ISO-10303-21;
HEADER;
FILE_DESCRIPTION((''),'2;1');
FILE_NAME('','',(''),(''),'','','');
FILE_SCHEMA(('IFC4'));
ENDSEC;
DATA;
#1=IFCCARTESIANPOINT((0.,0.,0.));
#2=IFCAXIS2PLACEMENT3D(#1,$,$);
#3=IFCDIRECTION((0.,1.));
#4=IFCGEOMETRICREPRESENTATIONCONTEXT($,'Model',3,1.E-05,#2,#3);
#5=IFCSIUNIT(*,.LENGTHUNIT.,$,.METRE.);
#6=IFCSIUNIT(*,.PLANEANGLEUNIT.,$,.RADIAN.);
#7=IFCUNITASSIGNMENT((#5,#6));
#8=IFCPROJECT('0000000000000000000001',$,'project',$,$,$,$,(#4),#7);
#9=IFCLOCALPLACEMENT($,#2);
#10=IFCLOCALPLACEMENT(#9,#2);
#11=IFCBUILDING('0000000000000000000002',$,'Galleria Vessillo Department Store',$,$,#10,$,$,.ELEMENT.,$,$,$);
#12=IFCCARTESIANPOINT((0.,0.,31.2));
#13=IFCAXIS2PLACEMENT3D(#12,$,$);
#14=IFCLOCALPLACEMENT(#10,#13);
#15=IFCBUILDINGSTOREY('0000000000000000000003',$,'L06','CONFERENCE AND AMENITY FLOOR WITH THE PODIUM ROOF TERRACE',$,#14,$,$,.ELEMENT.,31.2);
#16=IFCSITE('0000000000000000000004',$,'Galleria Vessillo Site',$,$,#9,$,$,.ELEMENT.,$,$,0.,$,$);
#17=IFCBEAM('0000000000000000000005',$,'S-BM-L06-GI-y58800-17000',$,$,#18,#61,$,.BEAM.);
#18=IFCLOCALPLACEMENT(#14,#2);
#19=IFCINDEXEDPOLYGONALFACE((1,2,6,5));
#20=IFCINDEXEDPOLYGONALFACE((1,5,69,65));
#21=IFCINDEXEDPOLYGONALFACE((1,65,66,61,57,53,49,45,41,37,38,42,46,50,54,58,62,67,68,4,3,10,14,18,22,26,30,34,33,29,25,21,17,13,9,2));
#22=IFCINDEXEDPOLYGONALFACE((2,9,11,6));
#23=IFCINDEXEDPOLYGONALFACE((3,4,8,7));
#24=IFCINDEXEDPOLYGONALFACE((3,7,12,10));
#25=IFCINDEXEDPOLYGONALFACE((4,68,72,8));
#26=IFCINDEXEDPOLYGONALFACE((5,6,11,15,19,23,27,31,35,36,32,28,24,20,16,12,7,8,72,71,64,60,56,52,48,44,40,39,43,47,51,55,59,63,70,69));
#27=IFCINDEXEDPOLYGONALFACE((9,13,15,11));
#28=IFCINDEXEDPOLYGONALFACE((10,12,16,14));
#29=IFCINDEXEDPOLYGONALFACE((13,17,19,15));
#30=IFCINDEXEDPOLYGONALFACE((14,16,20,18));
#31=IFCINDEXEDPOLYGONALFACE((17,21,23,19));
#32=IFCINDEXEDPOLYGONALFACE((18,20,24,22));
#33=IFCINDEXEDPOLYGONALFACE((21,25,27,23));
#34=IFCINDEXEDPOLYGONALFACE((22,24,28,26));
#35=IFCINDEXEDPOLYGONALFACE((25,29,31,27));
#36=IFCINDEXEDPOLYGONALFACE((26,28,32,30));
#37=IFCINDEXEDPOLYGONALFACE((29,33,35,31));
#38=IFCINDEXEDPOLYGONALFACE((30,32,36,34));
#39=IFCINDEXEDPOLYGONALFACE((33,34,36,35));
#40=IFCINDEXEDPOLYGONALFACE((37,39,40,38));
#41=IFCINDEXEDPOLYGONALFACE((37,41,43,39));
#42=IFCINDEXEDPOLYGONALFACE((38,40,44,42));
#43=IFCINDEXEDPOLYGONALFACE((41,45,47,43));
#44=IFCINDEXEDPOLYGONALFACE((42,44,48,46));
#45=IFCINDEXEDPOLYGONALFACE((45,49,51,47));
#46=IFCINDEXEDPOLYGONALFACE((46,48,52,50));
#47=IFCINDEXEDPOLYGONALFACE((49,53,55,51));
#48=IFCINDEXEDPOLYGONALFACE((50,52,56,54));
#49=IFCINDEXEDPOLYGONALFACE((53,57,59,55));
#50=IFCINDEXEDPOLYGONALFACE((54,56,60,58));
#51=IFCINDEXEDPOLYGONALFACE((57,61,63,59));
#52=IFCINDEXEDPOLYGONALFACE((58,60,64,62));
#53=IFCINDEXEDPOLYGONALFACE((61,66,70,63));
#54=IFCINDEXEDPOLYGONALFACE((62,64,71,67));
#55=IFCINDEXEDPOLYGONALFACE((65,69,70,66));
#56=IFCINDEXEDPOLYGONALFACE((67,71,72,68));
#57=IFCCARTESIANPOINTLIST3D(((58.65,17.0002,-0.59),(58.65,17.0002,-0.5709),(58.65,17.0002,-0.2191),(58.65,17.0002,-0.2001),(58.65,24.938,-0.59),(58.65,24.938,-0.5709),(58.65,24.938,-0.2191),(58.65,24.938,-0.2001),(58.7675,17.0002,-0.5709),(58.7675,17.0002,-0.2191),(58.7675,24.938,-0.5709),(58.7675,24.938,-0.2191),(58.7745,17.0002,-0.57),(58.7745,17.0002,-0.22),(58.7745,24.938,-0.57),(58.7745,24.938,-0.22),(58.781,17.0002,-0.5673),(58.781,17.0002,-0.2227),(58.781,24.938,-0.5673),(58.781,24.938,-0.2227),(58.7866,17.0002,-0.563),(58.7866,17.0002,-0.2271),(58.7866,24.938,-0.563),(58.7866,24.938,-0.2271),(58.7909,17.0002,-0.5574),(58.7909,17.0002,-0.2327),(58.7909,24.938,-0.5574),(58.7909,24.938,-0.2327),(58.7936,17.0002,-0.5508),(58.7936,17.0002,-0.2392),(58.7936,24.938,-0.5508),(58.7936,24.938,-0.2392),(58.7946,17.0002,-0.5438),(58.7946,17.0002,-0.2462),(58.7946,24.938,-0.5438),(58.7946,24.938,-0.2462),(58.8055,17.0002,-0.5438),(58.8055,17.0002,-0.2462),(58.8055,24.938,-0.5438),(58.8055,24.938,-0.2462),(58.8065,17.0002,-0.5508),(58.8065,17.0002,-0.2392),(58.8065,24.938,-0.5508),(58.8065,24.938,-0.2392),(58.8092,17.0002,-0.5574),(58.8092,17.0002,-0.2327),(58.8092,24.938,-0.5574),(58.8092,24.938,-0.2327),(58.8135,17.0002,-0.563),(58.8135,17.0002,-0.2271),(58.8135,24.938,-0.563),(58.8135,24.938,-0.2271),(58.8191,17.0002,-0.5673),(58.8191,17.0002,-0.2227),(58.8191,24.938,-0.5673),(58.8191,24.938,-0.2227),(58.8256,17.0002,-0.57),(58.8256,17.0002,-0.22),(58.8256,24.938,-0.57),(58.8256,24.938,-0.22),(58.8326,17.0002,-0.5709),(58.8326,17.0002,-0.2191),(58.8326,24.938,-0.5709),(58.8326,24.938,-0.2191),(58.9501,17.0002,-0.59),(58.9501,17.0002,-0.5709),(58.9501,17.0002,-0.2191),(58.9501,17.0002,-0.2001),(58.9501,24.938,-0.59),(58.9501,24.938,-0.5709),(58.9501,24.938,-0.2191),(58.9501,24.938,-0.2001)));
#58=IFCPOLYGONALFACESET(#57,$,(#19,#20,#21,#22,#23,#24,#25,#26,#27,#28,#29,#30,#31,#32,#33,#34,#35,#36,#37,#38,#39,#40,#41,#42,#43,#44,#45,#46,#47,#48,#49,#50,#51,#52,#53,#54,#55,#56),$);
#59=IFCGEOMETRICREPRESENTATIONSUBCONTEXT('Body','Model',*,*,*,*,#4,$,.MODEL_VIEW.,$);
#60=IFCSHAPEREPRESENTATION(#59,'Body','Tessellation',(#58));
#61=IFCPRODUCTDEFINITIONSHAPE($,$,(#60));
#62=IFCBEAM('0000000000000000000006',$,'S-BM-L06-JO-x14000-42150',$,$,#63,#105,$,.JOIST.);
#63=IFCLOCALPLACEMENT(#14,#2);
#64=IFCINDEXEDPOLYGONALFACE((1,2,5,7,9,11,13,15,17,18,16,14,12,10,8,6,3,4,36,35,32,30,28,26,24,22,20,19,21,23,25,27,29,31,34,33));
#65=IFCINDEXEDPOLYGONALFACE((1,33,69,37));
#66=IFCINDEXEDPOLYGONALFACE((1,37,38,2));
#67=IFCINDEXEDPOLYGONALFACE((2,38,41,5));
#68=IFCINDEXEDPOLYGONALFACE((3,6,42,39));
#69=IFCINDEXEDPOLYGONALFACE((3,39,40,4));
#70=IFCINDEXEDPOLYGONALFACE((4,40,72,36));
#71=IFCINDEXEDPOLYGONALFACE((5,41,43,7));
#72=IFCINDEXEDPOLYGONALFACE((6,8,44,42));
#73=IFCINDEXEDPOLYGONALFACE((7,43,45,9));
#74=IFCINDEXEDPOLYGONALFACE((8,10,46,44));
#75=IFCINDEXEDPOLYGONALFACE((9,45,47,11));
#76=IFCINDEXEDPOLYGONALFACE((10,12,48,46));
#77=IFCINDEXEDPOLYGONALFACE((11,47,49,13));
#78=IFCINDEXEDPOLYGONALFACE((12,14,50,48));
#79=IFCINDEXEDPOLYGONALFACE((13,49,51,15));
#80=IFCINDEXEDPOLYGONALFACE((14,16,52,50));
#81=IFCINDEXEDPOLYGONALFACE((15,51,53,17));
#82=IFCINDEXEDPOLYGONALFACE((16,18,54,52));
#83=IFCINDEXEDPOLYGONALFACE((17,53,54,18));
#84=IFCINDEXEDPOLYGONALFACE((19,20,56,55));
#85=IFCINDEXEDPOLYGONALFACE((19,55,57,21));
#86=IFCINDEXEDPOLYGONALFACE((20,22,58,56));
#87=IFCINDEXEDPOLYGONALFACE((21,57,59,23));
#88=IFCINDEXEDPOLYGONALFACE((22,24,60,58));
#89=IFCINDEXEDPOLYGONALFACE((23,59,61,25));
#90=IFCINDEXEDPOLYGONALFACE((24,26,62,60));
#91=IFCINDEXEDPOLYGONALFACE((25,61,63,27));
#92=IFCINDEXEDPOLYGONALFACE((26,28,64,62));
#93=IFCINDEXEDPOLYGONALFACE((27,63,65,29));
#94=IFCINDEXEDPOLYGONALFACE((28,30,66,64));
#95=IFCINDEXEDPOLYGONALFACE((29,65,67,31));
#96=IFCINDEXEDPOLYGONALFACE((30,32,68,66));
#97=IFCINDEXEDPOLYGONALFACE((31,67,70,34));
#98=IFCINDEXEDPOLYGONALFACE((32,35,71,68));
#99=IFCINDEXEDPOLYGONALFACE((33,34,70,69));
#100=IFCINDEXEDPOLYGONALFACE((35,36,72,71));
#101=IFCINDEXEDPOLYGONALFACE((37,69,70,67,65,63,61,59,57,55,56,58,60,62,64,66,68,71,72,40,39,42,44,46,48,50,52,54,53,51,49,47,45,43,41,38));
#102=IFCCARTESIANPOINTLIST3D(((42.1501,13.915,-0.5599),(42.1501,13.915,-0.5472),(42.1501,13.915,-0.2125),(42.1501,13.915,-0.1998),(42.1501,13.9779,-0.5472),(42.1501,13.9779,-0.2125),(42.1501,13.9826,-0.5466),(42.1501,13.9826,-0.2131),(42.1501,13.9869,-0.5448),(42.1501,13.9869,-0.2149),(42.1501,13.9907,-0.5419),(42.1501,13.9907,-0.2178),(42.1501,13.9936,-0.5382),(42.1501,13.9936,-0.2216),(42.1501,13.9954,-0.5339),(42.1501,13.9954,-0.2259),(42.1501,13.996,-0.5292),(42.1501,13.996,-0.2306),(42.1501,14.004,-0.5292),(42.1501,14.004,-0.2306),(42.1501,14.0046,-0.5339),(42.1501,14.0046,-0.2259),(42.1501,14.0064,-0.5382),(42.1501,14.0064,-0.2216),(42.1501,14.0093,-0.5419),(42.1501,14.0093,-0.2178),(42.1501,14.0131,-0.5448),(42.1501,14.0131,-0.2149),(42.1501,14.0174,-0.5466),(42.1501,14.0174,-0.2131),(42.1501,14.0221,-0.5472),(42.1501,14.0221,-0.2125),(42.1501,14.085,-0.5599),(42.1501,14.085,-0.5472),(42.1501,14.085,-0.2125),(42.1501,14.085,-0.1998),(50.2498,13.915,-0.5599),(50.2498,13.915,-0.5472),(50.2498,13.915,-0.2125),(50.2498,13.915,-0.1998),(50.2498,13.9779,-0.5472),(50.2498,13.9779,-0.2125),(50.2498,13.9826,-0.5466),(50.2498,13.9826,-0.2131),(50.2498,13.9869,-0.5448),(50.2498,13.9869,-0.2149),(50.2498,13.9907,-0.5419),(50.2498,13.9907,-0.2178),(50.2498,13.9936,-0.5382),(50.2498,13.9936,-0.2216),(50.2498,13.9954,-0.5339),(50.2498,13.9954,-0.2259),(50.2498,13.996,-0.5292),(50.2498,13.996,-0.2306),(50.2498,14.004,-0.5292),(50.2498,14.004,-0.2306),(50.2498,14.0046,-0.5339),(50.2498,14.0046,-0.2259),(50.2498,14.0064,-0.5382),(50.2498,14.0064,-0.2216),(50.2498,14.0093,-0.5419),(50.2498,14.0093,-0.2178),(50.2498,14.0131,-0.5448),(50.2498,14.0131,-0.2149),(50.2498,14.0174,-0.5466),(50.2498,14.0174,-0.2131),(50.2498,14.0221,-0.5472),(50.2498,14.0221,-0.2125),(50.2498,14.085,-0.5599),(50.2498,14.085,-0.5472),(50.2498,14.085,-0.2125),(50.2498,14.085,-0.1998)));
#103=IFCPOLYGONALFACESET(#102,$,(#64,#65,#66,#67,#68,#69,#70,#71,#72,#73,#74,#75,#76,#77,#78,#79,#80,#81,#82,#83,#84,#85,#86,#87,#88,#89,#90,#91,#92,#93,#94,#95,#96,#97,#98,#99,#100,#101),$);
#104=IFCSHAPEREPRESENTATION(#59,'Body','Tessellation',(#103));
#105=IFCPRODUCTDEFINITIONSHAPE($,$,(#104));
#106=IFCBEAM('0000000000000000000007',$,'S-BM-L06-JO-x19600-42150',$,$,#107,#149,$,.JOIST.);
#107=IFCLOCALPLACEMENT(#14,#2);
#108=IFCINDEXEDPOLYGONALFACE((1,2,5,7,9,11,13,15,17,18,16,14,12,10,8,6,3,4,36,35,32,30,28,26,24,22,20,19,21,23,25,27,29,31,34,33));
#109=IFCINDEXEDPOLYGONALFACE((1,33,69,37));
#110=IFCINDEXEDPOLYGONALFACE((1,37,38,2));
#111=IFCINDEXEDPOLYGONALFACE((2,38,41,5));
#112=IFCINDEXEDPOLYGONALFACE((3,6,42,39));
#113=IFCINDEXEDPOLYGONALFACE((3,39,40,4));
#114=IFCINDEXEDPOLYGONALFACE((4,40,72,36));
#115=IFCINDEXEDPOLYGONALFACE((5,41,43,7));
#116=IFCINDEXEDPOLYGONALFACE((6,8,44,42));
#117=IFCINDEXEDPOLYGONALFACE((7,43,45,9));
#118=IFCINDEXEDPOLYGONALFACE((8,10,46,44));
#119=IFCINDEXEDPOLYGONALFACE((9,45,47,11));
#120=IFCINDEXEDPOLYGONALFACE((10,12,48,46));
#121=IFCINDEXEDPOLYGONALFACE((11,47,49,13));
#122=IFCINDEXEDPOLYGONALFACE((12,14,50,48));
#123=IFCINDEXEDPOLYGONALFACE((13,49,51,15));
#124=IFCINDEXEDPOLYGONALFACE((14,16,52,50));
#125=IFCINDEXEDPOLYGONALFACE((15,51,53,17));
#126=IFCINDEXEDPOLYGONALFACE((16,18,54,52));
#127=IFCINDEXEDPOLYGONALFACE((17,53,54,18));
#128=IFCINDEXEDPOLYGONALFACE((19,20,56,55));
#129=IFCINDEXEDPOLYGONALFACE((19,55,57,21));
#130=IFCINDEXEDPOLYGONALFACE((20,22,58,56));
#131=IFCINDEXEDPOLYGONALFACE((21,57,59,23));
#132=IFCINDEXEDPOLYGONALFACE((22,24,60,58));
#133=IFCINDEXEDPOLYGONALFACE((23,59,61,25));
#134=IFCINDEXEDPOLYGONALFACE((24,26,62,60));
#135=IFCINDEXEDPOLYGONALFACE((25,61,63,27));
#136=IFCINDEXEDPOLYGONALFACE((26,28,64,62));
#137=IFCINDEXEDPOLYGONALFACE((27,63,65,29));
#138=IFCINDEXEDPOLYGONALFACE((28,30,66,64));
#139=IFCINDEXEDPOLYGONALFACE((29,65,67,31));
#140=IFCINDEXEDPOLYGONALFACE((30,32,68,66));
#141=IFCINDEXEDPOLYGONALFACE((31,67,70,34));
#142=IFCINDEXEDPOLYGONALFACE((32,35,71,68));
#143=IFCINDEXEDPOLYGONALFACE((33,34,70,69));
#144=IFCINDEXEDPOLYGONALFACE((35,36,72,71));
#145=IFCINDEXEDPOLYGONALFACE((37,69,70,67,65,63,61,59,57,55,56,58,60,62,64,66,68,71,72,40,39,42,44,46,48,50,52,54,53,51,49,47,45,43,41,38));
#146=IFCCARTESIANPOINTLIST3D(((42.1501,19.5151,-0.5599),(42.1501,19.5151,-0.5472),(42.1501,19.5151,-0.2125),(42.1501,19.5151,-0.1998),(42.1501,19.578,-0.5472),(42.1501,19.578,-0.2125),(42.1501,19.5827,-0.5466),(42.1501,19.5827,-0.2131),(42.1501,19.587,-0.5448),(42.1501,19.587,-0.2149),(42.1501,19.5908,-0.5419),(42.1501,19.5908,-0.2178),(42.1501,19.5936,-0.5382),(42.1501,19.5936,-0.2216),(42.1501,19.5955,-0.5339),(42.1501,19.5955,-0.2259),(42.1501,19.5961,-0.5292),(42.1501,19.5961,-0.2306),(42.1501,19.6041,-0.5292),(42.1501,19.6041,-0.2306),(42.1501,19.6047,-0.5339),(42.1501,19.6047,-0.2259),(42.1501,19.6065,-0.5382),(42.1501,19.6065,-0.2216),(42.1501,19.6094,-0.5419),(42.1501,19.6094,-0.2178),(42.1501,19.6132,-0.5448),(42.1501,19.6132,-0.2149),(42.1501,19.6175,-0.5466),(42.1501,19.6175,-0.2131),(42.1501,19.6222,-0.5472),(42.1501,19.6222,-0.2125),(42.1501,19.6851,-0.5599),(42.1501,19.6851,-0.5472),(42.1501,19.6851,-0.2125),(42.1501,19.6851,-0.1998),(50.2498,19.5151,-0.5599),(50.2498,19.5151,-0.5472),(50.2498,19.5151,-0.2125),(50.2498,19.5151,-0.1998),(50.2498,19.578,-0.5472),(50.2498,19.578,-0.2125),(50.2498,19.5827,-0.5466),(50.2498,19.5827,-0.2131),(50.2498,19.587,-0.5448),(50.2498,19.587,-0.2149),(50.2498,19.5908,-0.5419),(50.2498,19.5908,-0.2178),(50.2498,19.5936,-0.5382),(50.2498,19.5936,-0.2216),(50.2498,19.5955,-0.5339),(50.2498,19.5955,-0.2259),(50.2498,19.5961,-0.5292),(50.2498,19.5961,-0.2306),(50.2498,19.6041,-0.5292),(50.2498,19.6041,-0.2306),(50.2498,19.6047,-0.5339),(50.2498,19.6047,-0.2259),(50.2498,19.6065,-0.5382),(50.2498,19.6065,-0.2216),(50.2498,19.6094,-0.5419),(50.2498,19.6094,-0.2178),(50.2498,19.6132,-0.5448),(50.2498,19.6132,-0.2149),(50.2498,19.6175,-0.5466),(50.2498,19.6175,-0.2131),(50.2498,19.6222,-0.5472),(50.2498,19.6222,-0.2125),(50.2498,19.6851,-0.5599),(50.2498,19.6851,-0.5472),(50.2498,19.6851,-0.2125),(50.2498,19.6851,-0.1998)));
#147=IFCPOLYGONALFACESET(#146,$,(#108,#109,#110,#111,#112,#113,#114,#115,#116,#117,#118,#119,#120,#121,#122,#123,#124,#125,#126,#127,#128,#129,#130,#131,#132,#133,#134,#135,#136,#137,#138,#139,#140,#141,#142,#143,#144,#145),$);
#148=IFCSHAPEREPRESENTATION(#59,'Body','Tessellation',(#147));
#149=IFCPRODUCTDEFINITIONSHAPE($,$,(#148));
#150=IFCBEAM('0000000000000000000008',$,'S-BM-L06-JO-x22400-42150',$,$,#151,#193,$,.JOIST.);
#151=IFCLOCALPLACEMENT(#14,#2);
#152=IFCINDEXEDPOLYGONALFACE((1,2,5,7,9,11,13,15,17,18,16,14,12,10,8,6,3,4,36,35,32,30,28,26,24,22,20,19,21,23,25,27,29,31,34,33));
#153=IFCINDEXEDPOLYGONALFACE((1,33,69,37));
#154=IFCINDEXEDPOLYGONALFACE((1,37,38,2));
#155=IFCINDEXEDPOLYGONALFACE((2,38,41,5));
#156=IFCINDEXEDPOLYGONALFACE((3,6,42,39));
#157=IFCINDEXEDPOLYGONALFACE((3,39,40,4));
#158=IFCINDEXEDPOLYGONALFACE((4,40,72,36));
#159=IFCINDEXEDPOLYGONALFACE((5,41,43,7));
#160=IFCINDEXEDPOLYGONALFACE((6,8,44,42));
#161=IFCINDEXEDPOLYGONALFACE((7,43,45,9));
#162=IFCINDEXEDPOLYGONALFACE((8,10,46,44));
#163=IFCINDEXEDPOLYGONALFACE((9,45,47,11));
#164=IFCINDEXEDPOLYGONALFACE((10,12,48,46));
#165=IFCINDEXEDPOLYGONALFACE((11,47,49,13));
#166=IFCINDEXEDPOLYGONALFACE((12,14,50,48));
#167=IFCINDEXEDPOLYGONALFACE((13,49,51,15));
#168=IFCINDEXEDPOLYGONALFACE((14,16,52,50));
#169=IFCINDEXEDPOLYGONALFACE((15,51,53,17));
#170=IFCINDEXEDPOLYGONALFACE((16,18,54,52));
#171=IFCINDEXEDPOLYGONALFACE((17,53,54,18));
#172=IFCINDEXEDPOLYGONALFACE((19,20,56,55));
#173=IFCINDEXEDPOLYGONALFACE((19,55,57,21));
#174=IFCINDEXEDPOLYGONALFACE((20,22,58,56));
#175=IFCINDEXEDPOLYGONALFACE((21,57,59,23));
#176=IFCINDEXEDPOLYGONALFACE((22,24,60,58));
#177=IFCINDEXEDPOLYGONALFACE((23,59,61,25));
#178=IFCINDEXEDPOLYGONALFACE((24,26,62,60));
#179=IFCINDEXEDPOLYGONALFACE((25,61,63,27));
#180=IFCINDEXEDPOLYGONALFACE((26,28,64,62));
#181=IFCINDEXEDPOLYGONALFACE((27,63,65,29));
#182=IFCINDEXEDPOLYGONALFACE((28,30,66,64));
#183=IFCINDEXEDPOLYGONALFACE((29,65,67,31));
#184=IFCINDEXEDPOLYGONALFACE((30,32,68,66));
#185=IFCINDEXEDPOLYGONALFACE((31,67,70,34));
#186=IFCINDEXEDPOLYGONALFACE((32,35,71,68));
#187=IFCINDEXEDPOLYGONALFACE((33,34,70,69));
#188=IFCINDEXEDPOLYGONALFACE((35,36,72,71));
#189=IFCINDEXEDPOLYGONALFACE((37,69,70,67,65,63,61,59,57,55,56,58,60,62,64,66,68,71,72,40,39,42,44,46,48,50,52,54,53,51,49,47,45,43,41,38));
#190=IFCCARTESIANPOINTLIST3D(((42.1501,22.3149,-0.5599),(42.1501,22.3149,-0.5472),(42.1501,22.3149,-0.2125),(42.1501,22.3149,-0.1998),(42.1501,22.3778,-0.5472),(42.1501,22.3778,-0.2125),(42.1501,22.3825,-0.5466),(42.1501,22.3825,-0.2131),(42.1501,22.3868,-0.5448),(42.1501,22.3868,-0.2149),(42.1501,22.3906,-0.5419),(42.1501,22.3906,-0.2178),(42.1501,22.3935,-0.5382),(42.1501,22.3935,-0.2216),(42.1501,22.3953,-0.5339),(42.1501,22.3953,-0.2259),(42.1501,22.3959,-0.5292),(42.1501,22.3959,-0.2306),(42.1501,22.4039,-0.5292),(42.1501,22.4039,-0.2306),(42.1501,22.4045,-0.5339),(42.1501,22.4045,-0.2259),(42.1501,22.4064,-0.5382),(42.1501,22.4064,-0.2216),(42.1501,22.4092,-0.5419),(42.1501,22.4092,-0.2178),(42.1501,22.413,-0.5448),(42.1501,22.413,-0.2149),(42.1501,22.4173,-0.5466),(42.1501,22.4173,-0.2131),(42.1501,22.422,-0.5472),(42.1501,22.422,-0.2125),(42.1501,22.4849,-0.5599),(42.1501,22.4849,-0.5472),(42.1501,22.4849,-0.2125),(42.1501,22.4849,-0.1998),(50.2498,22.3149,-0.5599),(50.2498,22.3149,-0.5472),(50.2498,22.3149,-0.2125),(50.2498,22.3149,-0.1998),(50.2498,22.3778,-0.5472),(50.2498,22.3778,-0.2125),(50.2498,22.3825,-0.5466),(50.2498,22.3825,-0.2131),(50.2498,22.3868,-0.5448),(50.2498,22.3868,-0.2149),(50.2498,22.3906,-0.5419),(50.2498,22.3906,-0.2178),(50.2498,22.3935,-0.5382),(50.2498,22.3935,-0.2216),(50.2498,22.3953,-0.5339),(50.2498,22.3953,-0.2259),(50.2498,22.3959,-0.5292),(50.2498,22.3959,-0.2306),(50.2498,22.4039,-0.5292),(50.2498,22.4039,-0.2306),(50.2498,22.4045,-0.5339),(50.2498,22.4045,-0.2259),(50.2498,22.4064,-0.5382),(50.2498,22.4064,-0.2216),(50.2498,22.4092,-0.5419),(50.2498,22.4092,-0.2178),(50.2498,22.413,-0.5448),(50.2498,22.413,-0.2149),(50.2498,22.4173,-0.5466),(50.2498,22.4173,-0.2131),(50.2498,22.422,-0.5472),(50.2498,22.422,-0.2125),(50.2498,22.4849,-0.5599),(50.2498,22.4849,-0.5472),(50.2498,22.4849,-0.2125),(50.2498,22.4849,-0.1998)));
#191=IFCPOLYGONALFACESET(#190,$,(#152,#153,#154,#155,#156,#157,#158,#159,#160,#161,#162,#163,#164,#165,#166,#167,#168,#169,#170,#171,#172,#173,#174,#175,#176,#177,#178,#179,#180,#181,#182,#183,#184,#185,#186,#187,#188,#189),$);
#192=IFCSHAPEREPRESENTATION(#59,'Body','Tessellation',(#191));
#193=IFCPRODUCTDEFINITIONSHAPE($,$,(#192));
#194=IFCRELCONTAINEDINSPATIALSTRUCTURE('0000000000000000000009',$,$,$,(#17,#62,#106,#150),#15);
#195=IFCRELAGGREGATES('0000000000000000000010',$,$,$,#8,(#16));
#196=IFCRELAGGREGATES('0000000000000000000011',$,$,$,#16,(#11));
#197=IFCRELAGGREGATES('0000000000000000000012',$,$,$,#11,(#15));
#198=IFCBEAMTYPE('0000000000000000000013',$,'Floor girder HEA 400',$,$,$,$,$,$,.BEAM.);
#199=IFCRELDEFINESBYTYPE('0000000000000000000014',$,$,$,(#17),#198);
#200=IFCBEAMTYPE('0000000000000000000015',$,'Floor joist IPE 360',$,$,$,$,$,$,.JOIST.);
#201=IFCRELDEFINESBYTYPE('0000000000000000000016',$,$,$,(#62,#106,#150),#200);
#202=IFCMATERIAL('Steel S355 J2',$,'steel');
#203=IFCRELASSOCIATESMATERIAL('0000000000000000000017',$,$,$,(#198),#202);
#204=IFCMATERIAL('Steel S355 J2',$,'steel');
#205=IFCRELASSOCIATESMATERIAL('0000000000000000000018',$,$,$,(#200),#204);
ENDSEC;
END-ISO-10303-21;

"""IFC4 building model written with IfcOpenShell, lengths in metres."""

from ifc_helpers import new_model, si_unit, direction, frame, origin, origin_2d, place, context, subcontext, project, spatial, i_section, extrude, material, material_profile, profile_set, type_object, element, save


model = new_model("IFC4")

# Units and contexts
model_context = context("Model", 3, precision=1e-05, world=origin(), true_north=direction((0.0, 1.0)))
body_context = subcontext(model_context, "Body", "Model", "MODEL_VIEW")
ifc_project = project(units=[si_unit("LENGTHUNIT", "METRE"), si_unit("PLANEANGLEUNIT", "RADIAN")], contexts=[model_context])

# Site, building, storey
site_placement = place(None, origin())
site = spatial("IfcSite", under=ifc_project, at=site_placement, Name="Galleria Vessillo Site", CompositionType="ELEMENT", RefElevation=0.0)
building_placement = place(site_placement, origin())
building = spatial("IfcBuilding", under=site, at=building_placement, Name="Galleria Vessillo Department Store", CompositionType="ELEMENT")
storey_placement = place(building_placement, frame((0.0, 0.0, 31.2)))
storey = spatial("IfcBuildingStorey", under=building, at=storey_placement, Name="L06", Description="CONFERENCE AND AMENITY FLOOR WITH THE PODIUM ROOF TERRACE", CompositionType="ELEMENT", Elevation=31.2)

# Beams
ifc_material_1 = material(Name="Steel S355 J2", Category="steel")
ifc_material_profile_1 = material_profile(ifc_material_1, i_section(OverallWidth=0.3, OverallDepth=0.3899, WebThickness=0.011, FlangeThickness=0.019, FilletRadius=0.0271, at=origin_2d()), Name="HEA 400")
ifc_profile_set_1 = profile_set([ifc_material_profile_1], Name="Steel S355 J2")
beam_type_1 = type_object("IfcBeamType", Name="Floor girder HEA 400", PredefinedType="BEAM", material=ifc_profile_set_1)
beam_1_placement = place(storey_placement, frame((58.8, 17.0002, -0.395), z_axis=(0.0, 1.0, 0.0), x_axis=(-1.0, 0.0, 0.0)))
element("IfcBeam", 1, at=beam_1_placement, inside=storey, type_object=beam_type_1, Name="S-BM-L06-GI-y58800-17000", PredefinedType="BEAM", context=body_context, shape_type="SweptSolid", body=[
    extrude(i_section(OverallWidth=0.3, OverallDepth=0.3899, WebThickness=0.011, FlangeThickness=0.019, FilletRadius=0.0271, at=origin_2d()), origin(), (0.0, 0.0, 1.0), 7.9377),
])
ifc_material_2 = material(Name="Steel S355 J2", Category="steel")
ifc_material_profile_2 = material_profile(ifc_material_2, i_section(OverallWidth=0.1699, OverallDepth=0.3601, WebThickness=0.0081, FlangeThickness=0.0127, FilletRadius=0.0181, at=origin_2d()), Name="IPE 360")
ifc_profile_set_2 = profile_set([ifc_material_profile_2], Name="Steel S355 J2")
beam_type_2 = type_object("IfcBeamType", Name="Floor joist IPE 360", PredefinedType="JOIST", material=ifc_profile_set_2)
for number, where, z_axis, x_axis, name in (
    (2, (42.1501, 14.0, -0.3799), (1.0, 0.0, 0.0), (0.0, 1.0, 0.0), "S-BM-L06-JO-x14000-42150"),
    (3, (42.1501, 19.6001, -0.3799), (1.0, 0.0, 0.0), (0.0, 1.0, 0.0), "S-BM-L06-JO-x19600-42150"),
    (4, (42.1501, 22.3999, -0.3799), (1.0, 0.0, 0.0), (0.0, 1.0, 0.0), "S-BM-L06-JO-x22400-42150"),
):
    element("IfcBeam", number, at=place(storey_placement, frame(where, z_axis=z_axis, x_axis=x_axis)), inside=storey, type_object=beam_type_2, Name=name, PredefinedType="JOIST", context=body_context, shape_type="SweptSolid", body=[
        extrude(i_section(OverallWidth=0.1699, OverallDepth=0.3601, WebThickness=0.0081, FlangeThickness=0.0127, FilletRadius=0.0181, at=origin_2d()), origin(), (0.0, 0.0, 1.0), 8.0996),
    ])

save(model, "model.ifc")
